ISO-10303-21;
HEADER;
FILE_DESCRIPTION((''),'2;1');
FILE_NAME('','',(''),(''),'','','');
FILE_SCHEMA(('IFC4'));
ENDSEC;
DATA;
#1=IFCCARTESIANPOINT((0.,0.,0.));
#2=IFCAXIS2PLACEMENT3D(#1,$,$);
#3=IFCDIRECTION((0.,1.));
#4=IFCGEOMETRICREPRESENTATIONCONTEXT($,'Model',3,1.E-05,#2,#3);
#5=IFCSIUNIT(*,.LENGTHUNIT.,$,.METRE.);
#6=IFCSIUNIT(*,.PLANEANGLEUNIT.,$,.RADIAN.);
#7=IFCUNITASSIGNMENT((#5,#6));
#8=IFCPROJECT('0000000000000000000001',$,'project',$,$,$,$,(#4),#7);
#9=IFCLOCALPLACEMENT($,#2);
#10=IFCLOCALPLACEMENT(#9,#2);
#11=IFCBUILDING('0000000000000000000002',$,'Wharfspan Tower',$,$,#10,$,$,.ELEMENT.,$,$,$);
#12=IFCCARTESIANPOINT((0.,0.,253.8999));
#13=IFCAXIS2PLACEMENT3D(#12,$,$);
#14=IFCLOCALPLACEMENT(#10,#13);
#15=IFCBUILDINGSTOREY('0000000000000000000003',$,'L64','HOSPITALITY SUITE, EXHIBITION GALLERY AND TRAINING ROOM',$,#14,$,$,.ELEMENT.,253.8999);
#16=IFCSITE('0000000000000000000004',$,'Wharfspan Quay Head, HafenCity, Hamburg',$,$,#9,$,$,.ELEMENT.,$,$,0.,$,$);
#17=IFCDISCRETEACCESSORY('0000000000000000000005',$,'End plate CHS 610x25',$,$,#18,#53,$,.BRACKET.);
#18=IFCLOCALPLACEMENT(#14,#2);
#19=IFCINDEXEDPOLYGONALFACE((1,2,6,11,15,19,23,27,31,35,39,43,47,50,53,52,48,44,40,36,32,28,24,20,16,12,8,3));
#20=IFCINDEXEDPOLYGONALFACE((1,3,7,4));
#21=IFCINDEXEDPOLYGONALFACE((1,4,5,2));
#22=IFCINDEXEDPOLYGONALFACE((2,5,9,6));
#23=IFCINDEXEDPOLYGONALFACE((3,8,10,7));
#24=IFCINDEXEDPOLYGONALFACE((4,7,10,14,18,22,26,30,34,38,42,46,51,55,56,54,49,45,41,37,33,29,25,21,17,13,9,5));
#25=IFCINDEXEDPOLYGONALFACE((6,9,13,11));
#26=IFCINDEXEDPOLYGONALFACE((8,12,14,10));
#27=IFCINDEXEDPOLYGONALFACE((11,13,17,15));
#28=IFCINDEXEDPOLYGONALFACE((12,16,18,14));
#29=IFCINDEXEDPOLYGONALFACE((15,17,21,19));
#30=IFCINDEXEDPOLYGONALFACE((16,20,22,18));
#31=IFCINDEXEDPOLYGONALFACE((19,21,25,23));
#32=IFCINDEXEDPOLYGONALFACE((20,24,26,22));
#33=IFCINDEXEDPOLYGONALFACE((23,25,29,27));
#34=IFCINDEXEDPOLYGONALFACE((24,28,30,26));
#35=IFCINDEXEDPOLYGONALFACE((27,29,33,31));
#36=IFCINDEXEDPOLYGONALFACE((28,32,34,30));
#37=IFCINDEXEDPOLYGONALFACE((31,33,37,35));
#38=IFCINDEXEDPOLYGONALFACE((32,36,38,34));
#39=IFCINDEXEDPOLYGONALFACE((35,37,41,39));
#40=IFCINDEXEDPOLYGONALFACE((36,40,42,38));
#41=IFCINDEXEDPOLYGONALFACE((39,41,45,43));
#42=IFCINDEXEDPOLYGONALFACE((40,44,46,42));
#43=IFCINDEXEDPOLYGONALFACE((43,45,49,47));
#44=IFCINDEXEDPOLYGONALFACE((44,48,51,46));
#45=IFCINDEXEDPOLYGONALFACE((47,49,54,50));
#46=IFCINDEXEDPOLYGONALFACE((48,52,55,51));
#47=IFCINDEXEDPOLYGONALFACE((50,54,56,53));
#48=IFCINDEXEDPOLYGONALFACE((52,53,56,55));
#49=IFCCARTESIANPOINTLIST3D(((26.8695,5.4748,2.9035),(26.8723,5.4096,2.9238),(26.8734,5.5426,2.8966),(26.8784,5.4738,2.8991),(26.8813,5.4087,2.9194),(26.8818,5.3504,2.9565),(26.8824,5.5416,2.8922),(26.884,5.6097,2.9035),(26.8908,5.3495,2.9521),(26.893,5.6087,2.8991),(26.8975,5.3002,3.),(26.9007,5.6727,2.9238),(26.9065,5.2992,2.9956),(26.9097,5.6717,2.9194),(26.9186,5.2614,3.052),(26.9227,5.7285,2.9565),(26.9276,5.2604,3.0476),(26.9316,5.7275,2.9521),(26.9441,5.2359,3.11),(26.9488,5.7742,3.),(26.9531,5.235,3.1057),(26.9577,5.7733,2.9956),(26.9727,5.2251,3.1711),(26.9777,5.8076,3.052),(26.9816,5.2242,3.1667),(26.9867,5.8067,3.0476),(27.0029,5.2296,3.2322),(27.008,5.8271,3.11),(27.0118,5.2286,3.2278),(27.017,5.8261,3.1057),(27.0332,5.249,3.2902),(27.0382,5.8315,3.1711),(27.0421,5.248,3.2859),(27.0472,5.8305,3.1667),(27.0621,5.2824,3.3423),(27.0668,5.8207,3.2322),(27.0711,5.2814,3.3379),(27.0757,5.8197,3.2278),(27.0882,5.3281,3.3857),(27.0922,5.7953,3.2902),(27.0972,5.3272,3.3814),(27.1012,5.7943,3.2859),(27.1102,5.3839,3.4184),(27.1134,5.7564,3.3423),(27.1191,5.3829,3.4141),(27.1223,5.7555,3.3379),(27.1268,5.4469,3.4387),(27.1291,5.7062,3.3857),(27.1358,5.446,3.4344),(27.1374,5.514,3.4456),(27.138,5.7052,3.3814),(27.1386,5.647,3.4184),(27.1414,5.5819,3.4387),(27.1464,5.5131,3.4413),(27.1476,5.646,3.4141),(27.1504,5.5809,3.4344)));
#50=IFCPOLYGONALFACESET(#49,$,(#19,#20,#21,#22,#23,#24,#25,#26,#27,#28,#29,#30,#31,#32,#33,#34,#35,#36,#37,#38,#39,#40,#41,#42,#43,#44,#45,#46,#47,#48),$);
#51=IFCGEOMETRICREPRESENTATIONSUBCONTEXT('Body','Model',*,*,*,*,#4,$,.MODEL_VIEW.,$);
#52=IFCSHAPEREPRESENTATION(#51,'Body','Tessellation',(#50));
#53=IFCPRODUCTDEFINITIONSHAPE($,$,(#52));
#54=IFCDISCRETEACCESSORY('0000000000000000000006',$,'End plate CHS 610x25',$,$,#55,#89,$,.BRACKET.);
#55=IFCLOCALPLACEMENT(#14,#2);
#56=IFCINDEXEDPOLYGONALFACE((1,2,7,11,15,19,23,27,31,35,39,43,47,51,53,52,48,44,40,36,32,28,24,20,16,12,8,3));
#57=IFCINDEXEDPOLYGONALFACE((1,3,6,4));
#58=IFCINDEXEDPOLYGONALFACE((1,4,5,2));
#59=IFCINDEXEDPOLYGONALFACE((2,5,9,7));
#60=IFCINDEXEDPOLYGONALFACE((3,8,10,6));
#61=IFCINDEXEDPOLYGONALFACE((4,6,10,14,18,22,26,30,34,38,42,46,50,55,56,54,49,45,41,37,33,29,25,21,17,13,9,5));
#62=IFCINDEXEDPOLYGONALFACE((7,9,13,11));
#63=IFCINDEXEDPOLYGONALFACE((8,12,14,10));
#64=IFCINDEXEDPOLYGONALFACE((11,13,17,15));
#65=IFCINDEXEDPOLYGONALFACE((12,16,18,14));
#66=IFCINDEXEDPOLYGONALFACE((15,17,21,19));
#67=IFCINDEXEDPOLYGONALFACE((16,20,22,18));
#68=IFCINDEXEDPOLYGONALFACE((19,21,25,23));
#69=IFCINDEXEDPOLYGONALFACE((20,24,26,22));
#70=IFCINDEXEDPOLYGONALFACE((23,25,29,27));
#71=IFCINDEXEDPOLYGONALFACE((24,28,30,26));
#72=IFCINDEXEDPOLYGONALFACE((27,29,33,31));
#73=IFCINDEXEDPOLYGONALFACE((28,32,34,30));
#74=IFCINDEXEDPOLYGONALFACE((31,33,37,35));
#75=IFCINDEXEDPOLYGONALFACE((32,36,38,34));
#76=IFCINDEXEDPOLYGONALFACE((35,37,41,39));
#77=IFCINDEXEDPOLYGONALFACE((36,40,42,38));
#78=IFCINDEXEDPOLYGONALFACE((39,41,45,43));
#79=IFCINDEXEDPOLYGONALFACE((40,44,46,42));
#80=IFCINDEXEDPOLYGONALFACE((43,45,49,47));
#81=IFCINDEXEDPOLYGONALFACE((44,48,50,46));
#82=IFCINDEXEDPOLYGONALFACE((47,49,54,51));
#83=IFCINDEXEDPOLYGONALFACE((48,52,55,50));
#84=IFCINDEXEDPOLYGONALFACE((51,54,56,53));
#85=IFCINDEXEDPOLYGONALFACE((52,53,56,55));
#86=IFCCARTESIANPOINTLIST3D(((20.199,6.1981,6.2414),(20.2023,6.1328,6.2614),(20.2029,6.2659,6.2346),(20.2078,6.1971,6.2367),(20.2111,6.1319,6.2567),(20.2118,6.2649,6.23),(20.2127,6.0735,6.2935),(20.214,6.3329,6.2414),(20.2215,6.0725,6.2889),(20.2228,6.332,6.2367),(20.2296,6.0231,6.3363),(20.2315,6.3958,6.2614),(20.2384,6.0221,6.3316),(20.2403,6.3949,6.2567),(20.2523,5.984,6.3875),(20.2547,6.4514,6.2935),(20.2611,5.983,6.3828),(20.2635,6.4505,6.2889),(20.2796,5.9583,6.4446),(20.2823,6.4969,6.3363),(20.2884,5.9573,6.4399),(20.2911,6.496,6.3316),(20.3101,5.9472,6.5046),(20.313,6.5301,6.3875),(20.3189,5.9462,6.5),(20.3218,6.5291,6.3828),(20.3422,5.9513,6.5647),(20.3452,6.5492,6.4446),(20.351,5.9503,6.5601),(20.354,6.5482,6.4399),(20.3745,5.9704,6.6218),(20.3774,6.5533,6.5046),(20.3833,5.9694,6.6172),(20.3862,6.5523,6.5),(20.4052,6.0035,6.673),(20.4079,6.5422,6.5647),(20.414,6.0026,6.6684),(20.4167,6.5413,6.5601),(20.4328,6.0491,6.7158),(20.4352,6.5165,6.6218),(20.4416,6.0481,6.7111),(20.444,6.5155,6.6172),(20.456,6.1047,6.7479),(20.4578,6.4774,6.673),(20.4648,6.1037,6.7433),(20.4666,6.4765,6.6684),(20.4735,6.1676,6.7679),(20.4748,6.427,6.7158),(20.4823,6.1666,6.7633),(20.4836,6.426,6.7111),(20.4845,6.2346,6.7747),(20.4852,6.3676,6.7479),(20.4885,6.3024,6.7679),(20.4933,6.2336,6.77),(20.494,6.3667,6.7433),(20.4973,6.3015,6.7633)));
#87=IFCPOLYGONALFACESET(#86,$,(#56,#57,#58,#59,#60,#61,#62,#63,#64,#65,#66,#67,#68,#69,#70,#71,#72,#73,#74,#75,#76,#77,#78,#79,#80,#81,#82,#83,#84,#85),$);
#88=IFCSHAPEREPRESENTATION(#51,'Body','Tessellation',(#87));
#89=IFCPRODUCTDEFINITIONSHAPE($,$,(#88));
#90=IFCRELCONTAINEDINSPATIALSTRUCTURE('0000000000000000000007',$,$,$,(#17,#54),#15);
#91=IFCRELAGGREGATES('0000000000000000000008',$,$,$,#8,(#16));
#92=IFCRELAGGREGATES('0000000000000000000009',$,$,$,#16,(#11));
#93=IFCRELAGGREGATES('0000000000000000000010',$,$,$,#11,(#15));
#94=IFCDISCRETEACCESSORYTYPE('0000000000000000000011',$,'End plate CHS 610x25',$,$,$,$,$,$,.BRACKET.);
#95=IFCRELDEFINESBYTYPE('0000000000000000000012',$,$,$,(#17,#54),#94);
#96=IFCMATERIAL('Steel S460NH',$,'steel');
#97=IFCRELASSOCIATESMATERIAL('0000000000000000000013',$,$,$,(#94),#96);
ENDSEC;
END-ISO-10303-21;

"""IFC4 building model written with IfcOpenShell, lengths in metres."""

from ifc_helpers import new_model, si_unit, direction, frame, origin, origin_2d, place, context, subcontext, project, spatial, circle, extrude, material, material_profile, profile_set, type_object, element, save


model = new_model("IFC4")

# Units and contexts
model_context = context("Model", 3, precision=1e-05, world=origin(), true_north=direction((0.0, 1.0)))
body_context = subcontext(model_context, "Body", "Model", "MODEL_VIEW")
ifc_project = project(units=[si_unit("LENGTHUNIT", "METRE"), si_unit("PLANEANGLEUNIT", "RADIAN")], contexts=[model_context])

# Site, building, storey
site_placement = place(None, origin())
site = spatial("IfcSite", under=ifc_project, at=site_placement, Name="Wharfspan Quay Head, HafenCity, Hamburg", CompositionType="ELEMENT", RefElevation=0.0)
building_placement = place(site_placement, origin())
building = spatial("IfcBuilding", under=site, at=building_placement, Name="Wharfspan Tower", CompositionType="ELEMENT")
storey_placement = place(building_placement, frame((0.0, 0.0, 253.8999)))
storey = spatial("IfcBuildingStorey", under=building, at=storey_placement, Name="L64", Description="HOSPITALITY SUITE, EXHIBITION GALLERY AND TRAINING ROOM", CompositionType="ELEMENT", Elevation=253.8999)

# Shared definitions
ifc_material_1 = material(Name="Steel S460NH", Category="steel")

# Discrete accessories
ifc_material_profile_1 = material_profile(ifc_material_1, circle(Radius=0.3049, at=origin_2d()))
ifc_profile_set_1 = profile_set([ifc_material_profile_1], Name="Steel S460NH")
discrete_accessory_type = type_object("IfcDiscreteAccessoryType", Name="End plate CHS 610x25", PredefinedType="BRACKET", material=ifc_profile_set_1)
for number, where, z_axis, x_axis, name in (
    (1, (27.0144, 5.5273, 3.1667), (-0.895016, 0.096758, 0.435413), (-0.107482, -0.994209, -0.000001), "End plate CHS 610x25"),
    (2, (20.3525, 6.2493, 6.5), (-0.880146, 0.097794, 0.464521), (-0.110432, -0.993888, 0.0), "End plate CHS 610x25"),
):
    element("IfcDiscreteAccessory", number, at=place(storey_placement, frame(where, z_axis=z_axis, x_axis=x_axis)), inside=storey, type_object=discrete_accessory_type, Name=name, PredefinedType="BRACKET", context=body_context, shape_type="SweptSolid", body=[
        extrude(circle(Radius=0.3049, at=origin_2d()), origin(), (0.0, 0.0, 1.0), 0.01),
    ])

save(model, "model.ifc")
